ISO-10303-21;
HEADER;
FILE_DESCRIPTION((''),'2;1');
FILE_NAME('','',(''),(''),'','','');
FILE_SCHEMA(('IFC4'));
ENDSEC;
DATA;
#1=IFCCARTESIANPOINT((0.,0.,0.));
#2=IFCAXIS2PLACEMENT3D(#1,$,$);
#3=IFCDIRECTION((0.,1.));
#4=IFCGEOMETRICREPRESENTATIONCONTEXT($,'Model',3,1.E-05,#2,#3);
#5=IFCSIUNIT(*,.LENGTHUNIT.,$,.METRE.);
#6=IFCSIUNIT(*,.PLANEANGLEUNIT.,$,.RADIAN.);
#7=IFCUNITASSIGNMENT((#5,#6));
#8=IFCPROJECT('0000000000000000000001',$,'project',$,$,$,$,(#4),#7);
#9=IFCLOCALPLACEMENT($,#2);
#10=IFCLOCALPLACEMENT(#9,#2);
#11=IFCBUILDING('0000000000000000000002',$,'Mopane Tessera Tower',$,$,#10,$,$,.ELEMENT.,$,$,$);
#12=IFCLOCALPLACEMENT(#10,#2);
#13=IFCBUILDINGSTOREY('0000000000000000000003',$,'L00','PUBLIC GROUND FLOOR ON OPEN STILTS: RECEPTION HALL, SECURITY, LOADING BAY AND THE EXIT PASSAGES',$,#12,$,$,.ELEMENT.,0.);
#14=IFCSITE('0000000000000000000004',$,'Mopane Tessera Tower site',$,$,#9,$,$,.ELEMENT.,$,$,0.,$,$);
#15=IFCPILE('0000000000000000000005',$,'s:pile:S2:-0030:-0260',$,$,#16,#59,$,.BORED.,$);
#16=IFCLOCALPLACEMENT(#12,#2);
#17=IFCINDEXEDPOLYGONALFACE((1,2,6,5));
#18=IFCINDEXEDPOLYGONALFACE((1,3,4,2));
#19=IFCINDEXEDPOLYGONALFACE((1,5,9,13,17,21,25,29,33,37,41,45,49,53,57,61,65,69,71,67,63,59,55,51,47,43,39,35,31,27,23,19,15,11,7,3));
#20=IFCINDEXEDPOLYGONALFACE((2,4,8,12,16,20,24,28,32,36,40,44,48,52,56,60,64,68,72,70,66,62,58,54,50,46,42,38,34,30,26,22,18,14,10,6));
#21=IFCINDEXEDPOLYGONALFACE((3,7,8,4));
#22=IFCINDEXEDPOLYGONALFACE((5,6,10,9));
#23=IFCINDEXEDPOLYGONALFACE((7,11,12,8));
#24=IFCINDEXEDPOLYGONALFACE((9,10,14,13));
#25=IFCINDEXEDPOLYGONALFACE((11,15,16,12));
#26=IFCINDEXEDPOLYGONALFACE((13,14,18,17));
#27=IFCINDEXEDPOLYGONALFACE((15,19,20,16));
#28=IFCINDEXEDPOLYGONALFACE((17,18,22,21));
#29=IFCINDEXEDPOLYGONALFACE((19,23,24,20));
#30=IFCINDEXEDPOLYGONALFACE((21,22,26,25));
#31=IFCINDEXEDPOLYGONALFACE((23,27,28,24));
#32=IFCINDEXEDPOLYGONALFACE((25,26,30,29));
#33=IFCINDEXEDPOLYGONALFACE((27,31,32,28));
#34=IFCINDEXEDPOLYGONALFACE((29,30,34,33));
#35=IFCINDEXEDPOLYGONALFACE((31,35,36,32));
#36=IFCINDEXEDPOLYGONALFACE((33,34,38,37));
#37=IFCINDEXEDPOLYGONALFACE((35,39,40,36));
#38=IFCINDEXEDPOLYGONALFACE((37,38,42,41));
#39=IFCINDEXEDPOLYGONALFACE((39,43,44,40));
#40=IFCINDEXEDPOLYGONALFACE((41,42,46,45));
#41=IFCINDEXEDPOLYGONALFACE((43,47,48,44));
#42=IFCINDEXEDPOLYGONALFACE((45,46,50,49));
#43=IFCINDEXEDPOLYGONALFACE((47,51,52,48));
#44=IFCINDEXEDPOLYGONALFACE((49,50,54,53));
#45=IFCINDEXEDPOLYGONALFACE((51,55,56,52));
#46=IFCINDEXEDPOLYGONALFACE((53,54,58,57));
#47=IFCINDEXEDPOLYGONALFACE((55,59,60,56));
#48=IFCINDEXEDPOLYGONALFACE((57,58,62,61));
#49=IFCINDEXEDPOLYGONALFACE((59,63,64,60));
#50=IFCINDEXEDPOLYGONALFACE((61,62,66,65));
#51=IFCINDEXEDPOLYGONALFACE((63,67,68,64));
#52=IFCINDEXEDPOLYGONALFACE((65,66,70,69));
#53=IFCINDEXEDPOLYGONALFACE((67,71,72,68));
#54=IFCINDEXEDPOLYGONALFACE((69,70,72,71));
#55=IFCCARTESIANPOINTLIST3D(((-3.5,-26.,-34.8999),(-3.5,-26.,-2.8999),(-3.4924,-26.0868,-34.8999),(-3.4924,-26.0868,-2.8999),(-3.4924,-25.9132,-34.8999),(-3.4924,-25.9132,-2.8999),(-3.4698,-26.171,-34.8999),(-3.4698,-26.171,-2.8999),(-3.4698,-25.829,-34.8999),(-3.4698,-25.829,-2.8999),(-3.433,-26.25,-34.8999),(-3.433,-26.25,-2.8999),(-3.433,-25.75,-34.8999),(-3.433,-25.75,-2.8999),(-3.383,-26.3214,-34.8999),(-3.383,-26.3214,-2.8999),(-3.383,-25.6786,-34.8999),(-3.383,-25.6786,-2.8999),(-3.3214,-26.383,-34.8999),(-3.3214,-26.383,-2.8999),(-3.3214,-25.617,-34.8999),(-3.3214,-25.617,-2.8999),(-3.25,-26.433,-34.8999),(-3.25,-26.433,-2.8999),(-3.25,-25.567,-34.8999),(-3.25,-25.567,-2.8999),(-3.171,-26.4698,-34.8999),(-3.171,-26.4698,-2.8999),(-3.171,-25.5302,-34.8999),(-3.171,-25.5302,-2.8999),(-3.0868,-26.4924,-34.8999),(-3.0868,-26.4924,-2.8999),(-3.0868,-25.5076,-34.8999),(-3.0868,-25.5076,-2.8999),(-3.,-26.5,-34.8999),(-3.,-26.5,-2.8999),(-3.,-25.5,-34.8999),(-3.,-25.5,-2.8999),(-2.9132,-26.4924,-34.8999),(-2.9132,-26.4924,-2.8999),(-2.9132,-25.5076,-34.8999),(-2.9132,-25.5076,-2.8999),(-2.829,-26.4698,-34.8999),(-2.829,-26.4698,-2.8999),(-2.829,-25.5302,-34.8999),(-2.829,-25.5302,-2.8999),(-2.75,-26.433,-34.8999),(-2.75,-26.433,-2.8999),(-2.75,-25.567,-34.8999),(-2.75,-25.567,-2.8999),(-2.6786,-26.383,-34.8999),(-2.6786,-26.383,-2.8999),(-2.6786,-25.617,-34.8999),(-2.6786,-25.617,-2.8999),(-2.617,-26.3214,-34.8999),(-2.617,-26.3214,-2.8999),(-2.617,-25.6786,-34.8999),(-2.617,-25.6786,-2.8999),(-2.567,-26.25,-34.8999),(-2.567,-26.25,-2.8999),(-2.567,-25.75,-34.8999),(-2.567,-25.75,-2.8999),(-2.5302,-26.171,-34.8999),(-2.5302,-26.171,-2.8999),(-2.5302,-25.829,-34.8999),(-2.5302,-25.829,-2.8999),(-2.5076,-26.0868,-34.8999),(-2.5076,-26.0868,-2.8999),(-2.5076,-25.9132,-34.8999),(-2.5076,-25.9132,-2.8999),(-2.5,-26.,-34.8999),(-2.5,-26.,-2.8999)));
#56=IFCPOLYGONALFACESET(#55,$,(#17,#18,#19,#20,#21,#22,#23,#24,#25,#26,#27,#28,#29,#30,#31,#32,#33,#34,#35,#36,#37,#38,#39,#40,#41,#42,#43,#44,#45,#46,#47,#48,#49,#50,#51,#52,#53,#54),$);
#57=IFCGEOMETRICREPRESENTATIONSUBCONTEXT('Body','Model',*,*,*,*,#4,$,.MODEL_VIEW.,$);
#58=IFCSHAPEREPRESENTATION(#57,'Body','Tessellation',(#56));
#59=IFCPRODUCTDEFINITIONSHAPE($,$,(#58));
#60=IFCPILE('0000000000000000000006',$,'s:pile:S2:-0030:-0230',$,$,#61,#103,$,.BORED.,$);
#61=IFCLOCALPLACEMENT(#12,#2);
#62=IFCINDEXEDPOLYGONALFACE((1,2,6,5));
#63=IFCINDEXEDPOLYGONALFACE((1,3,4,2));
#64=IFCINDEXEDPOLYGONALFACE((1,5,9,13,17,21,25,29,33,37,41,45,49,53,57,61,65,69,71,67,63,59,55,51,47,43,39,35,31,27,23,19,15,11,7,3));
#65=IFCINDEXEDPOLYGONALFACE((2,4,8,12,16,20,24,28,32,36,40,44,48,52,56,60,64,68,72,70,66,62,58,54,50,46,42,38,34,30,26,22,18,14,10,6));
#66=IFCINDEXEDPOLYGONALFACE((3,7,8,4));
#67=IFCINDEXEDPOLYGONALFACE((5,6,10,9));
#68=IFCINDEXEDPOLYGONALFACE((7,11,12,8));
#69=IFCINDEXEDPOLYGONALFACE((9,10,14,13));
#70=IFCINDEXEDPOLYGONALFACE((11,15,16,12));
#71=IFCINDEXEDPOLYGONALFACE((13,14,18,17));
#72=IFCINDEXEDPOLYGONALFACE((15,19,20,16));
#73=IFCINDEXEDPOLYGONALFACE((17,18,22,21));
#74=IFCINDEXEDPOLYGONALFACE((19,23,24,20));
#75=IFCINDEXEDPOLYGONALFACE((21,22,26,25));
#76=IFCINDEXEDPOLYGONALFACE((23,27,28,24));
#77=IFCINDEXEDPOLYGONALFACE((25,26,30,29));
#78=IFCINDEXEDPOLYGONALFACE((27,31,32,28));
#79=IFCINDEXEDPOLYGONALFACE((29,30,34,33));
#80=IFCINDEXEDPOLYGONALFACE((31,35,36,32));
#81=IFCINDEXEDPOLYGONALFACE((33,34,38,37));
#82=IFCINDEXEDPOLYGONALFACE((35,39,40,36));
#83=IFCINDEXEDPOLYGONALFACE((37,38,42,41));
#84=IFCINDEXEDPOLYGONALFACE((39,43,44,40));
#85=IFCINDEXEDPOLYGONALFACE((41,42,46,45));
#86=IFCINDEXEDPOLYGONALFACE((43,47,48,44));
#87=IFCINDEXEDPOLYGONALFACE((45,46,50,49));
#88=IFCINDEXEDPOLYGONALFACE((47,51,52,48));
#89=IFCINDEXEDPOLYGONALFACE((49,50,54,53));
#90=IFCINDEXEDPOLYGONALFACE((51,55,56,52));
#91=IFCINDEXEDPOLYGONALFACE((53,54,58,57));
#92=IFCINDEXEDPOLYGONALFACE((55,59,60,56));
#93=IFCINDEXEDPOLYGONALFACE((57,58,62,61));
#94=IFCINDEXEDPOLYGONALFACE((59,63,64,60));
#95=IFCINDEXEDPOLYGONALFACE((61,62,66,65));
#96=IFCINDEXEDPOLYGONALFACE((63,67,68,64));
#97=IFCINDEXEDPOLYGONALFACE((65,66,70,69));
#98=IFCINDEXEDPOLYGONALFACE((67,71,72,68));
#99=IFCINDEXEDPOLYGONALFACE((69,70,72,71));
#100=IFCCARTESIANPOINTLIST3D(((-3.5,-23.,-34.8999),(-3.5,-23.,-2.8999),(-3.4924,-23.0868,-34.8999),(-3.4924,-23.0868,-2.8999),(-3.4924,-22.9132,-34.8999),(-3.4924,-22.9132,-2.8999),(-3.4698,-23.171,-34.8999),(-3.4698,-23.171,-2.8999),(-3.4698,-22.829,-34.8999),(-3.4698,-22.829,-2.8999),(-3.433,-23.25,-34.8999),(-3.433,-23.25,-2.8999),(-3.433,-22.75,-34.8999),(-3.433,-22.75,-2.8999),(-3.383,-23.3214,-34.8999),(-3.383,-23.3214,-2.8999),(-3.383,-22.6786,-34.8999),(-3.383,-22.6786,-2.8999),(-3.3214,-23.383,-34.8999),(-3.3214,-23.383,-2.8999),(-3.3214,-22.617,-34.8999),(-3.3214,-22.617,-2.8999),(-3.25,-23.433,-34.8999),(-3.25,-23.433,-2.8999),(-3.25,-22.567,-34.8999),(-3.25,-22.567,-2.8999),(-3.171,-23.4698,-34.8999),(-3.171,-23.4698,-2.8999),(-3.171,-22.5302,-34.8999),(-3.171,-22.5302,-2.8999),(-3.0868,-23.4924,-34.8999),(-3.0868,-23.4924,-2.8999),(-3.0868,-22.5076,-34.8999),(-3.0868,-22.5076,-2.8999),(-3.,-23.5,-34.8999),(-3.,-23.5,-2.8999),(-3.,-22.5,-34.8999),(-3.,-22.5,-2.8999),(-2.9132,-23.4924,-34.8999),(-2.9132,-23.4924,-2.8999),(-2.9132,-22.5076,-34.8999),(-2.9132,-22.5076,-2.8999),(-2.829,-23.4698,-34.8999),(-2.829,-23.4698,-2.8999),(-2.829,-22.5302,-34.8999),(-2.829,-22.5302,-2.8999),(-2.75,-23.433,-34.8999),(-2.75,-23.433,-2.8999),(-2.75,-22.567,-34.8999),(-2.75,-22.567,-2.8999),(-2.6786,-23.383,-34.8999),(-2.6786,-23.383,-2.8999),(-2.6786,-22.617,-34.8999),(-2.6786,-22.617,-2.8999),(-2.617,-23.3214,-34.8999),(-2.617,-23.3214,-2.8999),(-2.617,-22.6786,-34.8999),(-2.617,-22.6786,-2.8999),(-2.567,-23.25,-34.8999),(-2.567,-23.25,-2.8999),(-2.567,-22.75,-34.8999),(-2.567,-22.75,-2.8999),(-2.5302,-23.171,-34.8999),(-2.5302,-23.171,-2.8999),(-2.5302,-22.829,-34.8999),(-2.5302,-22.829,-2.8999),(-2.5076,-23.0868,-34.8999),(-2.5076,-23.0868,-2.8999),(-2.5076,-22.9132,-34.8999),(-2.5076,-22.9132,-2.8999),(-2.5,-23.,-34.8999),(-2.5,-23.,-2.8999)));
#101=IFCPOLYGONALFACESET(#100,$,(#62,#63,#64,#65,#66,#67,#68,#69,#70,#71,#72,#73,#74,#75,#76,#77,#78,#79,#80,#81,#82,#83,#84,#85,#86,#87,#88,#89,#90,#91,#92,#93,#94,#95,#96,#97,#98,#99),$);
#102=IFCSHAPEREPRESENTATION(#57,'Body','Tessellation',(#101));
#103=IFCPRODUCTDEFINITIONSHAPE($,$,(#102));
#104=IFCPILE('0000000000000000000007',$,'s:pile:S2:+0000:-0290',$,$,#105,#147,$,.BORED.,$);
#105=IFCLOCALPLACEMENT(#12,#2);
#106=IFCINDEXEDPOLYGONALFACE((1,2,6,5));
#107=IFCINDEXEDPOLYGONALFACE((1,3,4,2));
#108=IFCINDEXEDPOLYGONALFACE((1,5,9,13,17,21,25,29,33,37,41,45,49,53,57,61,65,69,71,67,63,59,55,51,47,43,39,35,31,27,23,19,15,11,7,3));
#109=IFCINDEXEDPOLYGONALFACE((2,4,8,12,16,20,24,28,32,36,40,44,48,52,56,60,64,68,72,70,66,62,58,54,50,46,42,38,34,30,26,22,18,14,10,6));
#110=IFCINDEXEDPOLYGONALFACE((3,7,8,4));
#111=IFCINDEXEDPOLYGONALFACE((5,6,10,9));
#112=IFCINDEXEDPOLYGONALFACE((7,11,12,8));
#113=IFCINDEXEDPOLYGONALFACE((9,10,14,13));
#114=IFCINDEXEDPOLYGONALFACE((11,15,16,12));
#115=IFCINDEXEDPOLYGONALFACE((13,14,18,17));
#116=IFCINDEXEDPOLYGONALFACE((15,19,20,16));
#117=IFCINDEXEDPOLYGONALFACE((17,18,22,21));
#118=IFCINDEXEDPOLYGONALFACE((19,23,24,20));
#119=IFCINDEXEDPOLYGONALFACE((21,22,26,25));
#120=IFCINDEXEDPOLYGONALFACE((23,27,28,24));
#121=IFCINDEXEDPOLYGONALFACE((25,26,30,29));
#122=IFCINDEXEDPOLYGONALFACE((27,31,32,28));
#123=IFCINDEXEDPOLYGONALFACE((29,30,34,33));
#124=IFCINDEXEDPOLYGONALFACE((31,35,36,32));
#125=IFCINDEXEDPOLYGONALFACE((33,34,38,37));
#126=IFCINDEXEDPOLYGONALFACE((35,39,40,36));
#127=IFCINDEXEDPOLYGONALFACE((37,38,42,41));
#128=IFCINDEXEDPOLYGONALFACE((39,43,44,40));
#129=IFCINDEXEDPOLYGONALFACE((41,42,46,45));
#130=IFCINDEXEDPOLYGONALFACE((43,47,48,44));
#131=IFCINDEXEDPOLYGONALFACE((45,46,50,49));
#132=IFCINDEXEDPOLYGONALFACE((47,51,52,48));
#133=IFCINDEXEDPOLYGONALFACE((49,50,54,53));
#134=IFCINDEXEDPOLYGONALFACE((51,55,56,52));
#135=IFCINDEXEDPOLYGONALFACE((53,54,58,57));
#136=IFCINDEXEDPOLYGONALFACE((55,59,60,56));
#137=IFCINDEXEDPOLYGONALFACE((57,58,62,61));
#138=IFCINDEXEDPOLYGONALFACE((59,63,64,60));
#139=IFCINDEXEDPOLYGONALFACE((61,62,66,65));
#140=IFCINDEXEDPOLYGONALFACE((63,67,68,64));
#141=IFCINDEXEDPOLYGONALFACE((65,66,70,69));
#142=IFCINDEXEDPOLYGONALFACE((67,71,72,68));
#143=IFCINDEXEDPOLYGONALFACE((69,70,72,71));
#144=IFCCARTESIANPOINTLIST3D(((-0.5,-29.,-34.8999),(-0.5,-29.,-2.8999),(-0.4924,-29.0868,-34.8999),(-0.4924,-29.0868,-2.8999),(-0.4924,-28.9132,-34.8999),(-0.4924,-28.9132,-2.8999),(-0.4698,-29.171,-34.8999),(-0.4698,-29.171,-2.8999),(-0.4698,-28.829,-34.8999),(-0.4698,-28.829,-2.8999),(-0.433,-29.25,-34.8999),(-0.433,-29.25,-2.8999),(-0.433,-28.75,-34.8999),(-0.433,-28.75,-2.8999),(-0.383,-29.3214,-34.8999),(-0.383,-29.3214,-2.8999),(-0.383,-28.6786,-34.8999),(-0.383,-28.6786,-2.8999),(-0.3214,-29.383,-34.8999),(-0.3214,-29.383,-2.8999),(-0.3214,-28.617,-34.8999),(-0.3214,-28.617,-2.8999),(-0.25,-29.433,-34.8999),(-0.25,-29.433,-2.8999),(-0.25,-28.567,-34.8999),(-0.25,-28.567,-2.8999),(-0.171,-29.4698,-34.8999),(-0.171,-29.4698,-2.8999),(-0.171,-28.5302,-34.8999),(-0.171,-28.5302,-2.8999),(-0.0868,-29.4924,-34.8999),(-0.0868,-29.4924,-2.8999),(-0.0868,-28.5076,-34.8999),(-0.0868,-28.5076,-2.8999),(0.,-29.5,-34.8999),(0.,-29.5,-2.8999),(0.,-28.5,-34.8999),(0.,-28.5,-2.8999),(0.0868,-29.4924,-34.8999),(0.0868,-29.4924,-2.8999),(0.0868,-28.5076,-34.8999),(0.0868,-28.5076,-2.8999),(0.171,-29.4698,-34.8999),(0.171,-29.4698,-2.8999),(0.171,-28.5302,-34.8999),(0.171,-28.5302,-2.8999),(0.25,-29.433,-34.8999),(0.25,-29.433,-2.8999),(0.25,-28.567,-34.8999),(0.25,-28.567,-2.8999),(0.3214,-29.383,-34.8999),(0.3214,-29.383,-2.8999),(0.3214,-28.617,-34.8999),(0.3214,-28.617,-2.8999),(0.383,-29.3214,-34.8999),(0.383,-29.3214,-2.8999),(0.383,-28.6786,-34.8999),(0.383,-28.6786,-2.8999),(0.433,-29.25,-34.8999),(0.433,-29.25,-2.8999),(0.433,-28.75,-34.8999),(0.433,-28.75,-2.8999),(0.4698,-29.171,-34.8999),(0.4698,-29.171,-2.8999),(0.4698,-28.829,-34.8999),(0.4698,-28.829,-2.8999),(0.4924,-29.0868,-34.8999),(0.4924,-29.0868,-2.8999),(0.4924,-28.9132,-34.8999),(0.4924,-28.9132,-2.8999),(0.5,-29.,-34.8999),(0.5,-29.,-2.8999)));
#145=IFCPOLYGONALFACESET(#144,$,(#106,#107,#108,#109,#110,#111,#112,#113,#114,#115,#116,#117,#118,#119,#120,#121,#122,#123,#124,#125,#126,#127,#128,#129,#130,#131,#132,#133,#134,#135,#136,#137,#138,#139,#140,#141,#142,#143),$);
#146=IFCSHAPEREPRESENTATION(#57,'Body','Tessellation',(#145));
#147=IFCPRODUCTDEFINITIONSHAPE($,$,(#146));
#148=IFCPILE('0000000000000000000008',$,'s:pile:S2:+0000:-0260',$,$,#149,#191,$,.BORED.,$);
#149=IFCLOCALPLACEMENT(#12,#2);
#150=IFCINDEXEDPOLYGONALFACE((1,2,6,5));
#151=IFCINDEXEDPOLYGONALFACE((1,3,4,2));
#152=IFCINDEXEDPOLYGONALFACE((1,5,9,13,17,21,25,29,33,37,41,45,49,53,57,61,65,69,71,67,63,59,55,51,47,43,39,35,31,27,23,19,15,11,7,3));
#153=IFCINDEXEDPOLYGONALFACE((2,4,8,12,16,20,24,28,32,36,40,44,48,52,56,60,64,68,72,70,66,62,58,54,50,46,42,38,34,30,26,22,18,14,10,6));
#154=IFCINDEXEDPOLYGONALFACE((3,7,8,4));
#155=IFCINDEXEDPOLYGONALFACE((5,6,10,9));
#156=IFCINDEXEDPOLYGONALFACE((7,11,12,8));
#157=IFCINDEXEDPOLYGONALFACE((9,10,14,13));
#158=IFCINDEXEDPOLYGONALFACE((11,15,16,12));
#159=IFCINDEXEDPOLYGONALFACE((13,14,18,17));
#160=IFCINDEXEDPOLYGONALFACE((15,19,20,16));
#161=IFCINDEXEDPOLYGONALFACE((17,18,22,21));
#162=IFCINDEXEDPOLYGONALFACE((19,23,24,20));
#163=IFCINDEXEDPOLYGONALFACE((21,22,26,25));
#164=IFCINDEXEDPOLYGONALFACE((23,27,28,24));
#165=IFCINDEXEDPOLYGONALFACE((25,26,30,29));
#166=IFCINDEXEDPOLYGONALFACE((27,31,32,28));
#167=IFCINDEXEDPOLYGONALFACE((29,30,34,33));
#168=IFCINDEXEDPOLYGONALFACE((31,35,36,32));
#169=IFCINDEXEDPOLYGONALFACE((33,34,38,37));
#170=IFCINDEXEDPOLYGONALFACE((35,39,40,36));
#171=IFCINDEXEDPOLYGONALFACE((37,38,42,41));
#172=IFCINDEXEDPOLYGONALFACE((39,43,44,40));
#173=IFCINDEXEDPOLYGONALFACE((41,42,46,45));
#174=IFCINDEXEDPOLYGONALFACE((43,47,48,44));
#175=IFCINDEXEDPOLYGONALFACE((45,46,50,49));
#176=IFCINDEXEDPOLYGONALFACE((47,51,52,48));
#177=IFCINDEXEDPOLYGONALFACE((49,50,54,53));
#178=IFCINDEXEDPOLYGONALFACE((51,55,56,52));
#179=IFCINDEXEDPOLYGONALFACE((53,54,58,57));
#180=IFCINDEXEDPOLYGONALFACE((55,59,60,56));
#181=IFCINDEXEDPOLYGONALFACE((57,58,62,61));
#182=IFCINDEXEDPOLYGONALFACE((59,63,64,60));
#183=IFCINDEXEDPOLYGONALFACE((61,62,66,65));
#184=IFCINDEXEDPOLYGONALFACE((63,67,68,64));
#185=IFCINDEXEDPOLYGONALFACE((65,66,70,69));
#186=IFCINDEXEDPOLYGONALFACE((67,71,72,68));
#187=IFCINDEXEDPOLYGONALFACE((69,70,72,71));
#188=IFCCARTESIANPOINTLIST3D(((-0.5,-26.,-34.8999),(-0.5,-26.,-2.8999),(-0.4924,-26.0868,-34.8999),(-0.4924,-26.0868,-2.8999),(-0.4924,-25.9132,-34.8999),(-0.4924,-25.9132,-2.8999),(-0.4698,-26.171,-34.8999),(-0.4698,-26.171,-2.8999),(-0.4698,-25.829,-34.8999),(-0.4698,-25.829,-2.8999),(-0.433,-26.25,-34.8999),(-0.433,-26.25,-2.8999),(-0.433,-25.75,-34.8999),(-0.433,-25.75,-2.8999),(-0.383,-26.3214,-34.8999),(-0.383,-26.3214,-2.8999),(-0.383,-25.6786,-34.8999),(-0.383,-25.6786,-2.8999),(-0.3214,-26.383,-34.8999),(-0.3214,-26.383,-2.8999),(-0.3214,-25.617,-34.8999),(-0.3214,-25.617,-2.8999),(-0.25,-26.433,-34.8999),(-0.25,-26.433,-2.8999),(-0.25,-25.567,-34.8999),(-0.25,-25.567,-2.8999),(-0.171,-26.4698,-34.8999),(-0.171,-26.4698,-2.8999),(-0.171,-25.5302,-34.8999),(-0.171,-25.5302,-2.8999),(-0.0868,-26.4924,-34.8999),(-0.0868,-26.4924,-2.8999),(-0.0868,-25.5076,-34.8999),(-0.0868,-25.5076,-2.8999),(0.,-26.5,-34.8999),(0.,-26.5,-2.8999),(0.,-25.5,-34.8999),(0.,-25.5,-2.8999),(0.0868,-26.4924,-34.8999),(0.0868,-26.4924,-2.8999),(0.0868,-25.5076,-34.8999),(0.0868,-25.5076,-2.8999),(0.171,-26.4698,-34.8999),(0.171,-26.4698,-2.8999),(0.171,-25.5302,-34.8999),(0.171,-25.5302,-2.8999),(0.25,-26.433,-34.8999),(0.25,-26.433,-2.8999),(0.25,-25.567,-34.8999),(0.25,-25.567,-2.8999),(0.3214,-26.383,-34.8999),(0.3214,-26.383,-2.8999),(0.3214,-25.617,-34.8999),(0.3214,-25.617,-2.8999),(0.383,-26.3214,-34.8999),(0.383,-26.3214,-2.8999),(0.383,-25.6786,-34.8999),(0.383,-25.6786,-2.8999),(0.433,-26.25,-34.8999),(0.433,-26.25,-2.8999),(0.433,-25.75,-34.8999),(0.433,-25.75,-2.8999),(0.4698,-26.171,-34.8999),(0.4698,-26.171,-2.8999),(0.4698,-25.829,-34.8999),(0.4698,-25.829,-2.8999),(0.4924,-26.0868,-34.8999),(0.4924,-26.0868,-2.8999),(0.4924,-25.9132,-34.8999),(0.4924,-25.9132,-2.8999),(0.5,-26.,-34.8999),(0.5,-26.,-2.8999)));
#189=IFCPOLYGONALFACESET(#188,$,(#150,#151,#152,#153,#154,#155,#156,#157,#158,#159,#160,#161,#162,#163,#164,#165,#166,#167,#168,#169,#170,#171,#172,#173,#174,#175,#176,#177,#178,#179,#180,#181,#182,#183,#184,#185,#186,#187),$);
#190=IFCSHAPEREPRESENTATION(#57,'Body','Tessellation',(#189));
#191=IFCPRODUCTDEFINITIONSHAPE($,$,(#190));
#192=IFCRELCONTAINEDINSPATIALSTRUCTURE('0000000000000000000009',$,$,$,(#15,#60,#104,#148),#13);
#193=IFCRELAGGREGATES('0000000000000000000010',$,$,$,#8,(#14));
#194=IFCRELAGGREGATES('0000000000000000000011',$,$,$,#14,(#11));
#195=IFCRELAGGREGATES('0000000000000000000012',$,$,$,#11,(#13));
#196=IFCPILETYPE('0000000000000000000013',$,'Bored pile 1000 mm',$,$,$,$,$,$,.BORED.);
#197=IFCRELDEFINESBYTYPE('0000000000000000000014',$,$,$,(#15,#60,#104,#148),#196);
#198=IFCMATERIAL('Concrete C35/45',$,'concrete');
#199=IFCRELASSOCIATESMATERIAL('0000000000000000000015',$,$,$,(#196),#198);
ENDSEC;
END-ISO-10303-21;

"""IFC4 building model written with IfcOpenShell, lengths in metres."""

from ifc_helpers import new_model, si_unit, direction, frame, origin, origin_2d, place, context, subcontext, project, spatial, circle, extrude, material, material_profile, profile_set, type_object, element, save


model = new_model("IFC4")

# Units and contexts
model_context = context("Model", 3, precision=1e-05, world=origin(), true_north=direction((0.0, 1.0)))
body_context = subcontext(model_context, "Body", "Model", "MODEL_VIEW")
ifc_project = project(units=[si_unit("LENGTHUNIT", "METRE"), si_unit("PLANEANGLEUNIT", "RADIAN")], contexts=[model_context])

# Site, building, storey
site_placement = place(None, origin())
site = spatial("IfcSite", under=ifc_project, at=site_placement, Name="Mopane Tessera Tower site", CompositionType="ELEMENT", RefElevation=0.0)
building_placement = place(site_placement, origin())
building = spatial("IfcBuilding", under=site, at=building_placement, Name="Mopane Tessera Tower", CompositionType="ELEMENT")
storey_placement = place(building_placement, origin())
storey = spatial("IfcBuildingStorey", under=building, at=storey_placement, Name="L00", Description="PUBLIC GROUND FLOOR ON OPEN STILTS: RECEPTION HALL, SECURITY, LOADING BAY AND THE EXIT PASSAGES", CompositionType="ELEMENT", Elevation=0.0)

# Piles
ifc_material_1 = material(Name="Concrete C35/45", Category="concrete")
ifc_material_profile_1 = material_profile(ifc_material_1, circle(Radius=0.5, at=origin_2d()))
ifc_profile_set_1 = profile_set([ifc_material_profile_1], Name="Concrete C35/45")
pile_type_1 = type_object("IfcPileType", Name="Bored pile 1000 mm", PredefinedType="BORED", material=ifc_profile_set_1)
for number, where, z_axis, x_axis, name in (
    (1, (-3.0, -26.0, -2.8999), (0.0, 0.0, -1.0), (1.0, 0.0, 0.0), "s:pile:S2:-0030:-0260"),
    (2, (-3.0, -23.0, -2.8999), (0.0, 0.0, -1.0), (1.0, 0.0, 0.0), "s:pile:S2:-0030:-0230"),
    (3, (0.0, -29.0, -2.8999), (0.0, 0.0, -1.0), (1.0, 0.0, 0.0), "s:pile:S2:+0000:-0290"),
    (4, (0.0, -26.0, -2.8999), (0.0, 0.0, -1.0), (1.0, 0.0, 0.0), "s:pile:S2:+0000:-0260"),
):
    element("IfcPile", number, at=place(storey_placement, frame(where, z_axis=z_axis, x_axis=x_axis)), inside=storey, type_object=pile_type_1, Name=name, PredefinedType="BORED", context=body_context, shape_type="SweptSolid", body=[
        extrude(circle(Radius=0.5, at=origin_2d()), origin(), (0.0, 0.0, 1.0), 32.0),
    ])

save(model, "model.ifc")
